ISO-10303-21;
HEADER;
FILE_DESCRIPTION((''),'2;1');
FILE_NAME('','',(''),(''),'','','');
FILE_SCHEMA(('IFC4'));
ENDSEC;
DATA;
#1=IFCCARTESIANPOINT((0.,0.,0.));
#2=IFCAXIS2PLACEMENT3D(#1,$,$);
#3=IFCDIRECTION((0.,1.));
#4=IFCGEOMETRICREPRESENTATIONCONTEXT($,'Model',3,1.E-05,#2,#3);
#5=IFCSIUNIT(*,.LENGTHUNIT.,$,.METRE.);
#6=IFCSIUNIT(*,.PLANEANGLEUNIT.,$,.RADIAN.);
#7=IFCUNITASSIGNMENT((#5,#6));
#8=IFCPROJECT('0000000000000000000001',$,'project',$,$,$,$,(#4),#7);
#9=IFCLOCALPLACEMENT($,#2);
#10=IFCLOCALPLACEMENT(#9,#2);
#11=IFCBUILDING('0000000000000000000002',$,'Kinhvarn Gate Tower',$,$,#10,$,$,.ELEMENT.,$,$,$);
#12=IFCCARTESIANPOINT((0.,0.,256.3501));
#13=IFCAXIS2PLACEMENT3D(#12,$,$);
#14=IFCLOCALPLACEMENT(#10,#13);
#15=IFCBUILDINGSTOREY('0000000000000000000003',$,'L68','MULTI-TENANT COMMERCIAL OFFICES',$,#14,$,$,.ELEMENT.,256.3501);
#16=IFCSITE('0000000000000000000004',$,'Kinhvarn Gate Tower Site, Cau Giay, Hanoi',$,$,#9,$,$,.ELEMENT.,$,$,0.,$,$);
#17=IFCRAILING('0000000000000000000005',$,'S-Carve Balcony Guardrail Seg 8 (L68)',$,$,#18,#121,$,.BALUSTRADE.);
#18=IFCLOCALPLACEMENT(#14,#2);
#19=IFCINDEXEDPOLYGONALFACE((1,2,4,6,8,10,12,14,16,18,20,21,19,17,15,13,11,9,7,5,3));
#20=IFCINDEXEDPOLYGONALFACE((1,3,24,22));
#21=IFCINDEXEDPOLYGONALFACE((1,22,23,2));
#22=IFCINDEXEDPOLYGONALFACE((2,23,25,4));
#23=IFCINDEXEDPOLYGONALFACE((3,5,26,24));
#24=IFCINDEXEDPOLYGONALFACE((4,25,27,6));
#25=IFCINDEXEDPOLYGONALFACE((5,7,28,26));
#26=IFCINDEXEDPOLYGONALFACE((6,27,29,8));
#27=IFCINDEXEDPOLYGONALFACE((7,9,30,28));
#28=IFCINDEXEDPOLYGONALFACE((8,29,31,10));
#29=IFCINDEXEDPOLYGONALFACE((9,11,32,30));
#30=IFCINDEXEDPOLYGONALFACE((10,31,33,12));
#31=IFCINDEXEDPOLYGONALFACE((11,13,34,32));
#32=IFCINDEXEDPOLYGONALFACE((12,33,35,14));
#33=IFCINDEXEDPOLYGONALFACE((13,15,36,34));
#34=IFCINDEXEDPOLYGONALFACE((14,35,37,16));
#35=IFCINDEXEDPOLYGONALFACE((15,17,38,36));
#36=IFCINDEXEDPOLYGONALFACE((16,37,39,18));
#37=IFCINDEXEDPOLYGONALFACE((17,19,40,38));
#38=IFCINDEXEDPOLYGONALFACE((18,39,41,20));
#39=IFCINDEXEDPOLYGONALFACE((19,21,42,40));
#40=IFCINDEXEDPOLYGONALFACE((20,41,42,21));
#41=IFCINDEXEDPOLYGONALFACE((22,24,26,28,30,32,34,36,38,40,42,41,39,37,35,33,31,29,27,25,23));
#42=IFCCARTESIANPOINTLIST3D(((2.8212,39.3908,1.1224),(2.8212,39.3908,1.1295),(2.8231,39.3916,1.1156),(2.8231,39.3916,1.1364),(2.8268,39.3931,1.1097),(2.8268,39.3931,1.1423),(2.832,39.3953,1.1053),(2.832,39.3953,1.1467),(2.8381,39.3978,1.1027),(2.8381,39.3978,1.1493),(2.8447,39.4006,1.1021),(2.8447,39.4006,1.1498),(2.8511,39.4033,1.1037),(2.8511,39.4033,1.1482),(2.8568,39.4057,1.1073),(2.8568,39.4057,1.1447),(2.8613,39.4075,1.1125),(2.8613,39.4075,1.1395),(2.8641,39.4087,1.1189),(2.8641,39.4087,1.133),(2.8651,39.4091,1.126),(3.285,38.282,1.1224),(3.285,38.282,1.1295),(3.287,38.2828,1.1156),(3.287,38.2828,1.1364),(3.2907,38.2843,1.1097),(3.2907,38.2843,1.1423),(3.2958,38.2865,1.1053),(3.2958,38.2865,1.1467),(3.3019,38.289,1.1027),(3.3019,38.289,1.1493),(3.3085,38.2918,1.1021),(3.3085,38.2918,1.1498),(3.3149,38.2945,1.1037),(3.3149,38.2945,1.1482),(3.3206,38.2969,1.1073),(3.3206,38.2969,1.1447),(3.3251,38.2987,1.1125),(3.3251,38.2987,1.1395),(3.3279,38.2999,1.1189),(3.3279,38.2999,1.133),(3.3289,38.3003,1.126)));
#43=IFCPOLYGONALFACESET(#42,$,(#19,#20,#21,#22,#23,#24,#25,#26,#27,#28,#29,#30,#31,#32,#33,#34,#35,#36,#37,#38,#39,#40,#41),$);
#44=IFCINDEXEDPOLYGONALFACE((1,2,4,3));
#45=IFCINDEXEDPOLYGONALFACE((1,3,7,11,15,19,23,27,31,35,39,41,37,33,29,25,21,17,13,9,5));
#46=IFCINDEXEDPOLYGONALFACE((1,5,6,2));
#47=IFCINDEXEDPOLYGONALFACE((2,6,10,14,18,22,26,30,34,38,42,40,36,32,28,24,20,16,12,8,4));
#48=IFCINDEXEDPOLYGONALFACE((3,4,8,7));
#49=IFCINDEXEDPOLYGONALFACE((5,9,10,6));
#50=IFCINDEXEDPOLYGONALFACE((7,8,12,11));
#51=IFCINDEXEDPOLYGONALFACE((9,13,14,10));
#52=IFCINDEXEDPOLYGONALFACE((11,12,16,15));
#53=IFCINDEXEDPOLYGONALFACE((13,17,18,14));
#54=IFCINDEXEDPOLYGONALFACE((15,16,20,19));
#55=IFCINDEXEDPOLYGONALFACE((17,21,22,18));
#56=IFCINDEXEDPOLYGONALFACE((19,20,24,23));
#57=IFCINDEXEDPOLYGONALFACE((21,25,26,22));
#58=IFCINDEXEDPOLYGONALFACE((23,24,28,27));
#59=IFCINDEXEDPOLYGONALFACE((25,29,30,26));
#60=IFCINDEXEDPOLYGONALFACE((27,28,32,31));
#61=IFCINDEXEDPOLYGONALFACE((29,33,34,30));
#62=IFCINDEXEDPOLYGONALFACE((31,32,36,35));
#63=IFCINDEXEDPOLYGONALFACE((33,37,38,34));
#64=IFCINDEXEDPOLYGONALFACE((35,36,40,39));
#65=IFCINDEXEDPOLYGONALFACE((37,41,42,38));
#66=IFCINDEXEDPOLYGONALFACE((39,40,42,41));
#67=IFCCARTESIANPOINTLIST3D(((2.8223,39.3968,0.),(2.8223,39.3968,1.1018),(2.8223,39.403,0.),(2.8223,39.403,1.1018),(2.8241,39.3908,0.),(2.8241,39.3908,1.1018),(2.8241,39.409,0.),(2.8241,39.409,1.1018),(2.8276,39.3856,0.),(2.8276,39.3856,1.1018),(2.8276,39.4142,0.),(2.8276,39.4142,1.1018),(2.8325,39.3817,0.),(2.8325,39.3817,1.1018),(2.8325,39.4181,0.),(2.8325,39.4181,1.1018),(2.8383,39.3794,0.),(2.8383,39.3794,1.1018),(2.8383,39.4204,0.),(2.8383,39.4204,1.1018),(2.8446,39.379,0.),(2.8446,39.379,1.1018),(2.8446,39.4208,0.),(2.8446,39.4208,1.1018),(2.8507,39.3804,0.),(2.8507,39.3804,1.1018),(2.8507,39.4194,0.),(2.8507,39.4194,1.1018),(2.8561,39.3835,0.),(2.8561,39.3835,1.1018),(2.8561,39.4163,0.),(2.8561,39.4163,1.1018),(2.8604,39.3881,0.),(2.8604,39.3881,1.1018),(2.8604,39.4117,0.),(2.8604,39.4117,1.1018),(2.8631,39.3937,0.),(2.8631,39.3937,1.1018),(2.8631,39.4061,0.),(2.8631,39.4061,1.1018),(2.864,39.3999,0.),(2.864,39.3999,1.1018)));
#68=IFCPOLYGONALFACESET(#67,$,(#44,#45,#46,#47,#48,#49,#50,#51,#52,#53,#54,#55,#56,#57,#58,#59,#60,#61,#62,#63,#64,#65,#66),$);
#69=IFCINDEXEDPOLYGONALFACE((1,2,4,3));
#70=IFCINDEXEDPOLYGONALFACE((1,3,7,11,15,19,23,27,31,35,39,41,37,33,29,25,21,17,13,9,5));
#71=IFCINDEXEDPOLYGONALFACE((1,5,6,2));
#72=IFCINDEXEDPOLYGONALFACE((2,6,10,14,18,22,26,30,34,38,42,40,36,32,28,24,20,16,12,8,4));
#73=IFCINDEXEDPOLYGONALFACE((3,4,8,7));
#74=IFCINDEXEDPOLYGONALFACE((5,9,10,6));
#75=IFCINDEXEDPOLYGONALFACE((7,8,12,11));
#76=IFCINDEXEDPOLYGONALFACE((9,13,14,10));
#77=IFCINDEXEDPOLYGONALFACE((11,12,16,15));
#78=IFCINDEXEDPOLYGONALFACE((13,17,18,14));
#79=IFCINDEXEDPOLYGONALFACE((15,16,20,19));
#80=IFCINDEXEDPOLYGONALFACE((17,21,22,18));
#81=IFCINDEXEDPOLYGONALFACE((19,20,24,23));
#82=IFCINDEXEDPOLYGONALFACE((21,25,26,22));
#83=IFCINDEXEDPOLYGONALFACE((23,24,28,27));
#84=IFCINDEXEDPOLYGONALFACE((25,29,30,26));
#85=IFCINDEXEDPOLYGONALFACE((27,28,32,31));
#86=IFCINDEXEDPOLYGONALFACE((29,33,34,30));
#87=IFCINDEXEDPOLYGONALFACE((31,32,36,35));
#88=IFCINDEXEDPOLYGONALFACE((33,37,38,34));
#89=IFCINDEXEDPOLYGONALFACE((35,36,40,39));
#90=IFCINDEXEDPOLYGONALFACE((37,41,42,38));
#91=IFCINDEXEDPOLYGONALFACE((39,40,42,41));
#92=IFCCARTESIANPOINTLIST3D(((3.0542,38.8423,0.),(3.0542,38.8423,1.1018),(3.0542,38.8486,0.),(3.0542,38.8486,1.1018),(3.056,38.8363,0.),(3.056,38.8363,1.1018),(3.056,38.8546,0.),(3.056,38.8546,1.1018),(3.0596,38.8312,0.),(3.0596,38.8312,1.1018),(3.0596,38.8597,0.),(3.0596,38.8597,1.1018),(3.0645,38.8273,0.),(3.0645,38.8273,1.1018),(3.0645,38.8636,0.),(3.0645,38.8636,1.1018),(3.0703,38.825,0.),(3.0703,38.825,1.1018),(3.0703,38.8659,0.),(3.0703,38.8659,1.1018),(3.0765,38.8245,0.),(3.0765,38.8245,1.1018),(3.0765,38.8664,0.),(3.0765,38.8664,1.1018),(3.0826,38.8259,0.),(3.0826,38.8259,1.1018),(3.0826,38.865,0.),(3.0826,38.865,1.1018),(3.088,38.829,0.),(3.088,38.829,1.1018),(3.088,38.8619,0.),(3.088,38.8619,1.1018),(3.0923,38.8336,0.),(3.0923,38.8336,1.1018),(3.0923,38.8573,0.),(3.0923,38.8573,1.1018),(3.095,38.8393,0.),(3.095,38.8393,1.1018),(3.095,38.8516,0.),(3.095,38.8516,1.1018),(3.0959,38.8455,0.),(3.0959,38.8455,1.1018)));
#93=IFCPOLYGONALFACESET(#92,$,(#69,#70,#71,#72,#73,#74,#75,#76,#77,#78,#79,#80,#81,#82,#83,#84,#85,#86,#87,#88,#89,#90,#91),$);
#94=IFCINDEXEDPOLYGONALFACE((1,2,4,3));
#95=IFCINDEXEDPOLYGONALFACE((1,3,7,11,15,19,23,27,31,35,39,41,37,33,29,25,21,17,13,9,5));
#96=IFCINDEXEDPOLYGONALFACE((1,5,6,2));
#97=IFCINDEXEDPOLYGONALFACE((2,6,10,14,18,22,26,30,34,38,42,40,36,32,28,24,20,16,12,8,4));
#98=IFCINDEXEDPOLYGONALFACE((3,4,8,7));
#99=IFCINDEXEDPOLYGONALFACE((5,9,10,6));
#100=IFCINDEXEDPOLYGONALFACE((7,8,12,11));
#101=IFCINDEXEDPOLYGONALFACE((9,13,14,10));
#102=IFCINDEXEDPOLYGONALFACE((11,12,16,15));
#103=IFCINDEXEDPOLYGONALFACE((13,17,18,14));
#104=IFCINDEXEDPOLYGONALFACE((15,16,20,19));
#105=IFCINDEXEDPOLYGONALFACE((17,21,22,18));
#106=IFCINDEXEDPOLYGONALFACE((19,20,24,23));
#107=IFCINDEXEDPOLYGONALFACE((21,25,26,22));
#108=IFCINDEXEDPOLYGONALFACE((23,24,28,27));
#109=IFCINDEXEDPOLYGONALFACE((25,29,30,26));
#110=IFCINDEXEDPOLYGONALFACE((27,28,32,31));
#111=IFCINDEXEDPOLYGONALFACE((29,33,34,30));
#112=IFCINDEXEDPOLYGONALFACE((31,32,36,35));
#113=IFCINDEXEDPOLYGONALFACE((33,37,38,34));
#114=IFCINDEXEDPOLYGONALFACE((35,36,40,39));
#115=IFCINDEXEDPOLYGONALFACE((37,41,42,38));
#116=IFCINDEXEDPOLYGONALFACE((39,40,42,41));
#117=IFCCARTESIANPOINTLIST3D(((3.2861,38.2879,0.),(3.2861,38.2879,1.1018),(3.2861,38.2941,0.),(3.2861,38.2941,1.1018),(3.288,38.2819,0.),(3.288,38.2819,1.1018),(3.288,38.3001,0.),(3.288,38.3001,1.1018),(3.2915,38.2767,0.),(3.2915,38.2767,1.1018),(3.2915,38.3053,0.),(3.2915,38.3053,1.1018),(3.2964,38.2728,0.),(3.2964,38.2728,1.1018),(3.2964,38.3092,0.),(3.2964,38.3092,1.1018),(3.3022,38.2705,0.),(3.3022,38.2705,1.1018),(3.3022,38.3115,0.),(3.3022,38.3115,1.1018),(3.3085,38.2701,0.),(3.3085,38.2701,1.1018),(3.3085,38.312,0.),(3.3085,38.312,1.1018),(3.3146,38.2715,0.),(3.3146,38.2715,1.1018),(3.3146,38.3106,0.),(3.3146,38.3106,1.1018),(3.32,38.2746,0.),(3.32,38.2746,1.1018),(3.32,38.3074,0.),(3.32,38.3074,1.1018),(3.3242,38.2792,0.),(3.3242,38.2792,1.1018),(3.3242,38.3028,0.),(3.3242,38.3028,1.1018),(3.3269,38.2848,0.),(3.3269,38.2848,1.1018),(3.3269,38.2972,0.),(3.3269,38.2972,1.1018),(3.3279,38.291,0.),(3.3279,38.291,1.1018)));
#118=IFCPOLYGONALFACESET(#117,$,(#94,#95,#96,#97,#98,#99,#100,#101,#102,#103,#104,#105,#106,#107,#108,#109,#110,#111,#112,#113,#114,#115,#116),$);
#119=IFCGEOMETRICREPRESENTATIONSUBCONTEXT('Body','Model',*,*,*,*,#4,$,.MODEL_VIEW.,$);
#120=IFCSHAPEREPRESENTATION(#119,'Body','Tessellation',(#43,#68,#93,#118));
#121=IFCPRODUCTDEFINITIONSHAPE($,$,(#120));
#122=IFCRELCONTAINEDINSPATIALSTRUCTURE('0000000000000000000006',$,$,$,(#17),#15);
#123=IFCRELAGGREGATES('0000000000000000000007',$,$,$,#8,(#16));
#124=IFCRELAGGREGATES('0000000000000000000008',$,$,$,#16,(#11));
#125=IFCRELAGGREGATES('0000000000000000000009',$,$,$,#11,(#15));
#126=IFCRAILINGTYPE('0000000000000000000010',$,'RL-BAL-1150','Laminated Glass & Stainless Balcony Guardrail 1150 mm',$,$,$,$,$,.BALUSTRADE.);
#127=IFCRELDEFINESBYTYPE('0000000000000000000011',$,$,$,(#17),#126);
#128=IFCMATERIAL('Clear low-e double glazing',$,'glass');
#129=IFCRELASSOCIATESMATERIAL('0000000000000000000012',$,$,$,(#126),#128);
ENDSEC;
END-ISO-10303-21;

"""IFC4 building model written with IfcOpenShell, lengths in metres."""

from ifc_helpers import new_model, si_unit, direction, frame, origin, origin_2d, place, context, subcontext, project, spatial, circle, extrude, material, type_object, element, save


model = new_model("IFC4")

# Units and contexts
model_context = context("Model", 3, precision=1e-05, world=origin(), true_north=direction((0.0, 1.0)))
body_context = subcontext(model_context, "Body", "Model", "MODEL_VIEW")
ifc_project = project(units=[si_unit("LENGTHUNIT", "METRE"), si_unit("PLANEANGLEUNIT", "RADIAN")], contexts=[model_context])

# Site, building, storey
site_placement = place(None, origin())
site = spatial("IfcSite", under=ifc_project, at=site_placement, Name="Kinhvarn Gate Tower Site, Cau Giay, Hanoi", CompositionType="ELEMENT", RefElevation=0.0)
building_placement = place(site_placement, origin())
building = spatial("IfcBuilding", under=site, at=building_placement, Name="Kinhvarn Gate Tower", CompositionType="ELEMENT")
storey_placement = place(building_placement, frame((0.0, 0.0, 256.3501)))
storey = spatial("IfcBuildingStorey", under=building, at=storey_placement, Name="L68", Description="MULTI-TENANT COMMERCIAL OFFICES", CompositionType="ELEMENT", Elevation=256.3501)

# Shared definitions
ifc_material_1 = material(Name="Clear low-e double glazing", Category="glass")

# Railing
railing_type = type_object("IfcRailingType", Name="RL-BAL-1150", Description="Laminated Glass & Stainless Balcony Guardrail 1150 mm", PredefinedType="BALUSTRADE", material=ifc_material_1)
railing_1_placement = place(storey_placement, frame((2.843, 39.3999, 0.0)))
element("IfcRailing", 1, at=railing_1_placement, inside=storey, type_object=railing_type, Name="S-Carve Balcony Guardrail Seg 8 (L68)", PredefinedType="BALUSTRADE", context=body_context, shape_type="SweptSolid", body=[
    extrude(circle(Radius=0.0239, at=origin_2d()), frame((0.0, 0.0, 1.126), z_axis=(0.385913, -0.922535, 0.0), x_axis=(0.922535, 0.385913, 0.0)), (0.0, 0.0, 1.0), 1.2019),
    extrude(circle(Radius=0.021, at=origin_2d()), origin(), (0.0, 0.0, 1.0), 1.1018),
    extrude(circle(Radius=0.021, at=origin_2d()), frame((0.2319, -0.5544, 0.0)), (0.0, 0.0, 1.0), 1.1018),
    extrude(circle(Radius=0.021, at=origin_2d()), frame((0.4639, -1.1089, 0.0)), (0.0, 0.0, 1.0), 1.1018),
])

save(model, "model.ifc")
